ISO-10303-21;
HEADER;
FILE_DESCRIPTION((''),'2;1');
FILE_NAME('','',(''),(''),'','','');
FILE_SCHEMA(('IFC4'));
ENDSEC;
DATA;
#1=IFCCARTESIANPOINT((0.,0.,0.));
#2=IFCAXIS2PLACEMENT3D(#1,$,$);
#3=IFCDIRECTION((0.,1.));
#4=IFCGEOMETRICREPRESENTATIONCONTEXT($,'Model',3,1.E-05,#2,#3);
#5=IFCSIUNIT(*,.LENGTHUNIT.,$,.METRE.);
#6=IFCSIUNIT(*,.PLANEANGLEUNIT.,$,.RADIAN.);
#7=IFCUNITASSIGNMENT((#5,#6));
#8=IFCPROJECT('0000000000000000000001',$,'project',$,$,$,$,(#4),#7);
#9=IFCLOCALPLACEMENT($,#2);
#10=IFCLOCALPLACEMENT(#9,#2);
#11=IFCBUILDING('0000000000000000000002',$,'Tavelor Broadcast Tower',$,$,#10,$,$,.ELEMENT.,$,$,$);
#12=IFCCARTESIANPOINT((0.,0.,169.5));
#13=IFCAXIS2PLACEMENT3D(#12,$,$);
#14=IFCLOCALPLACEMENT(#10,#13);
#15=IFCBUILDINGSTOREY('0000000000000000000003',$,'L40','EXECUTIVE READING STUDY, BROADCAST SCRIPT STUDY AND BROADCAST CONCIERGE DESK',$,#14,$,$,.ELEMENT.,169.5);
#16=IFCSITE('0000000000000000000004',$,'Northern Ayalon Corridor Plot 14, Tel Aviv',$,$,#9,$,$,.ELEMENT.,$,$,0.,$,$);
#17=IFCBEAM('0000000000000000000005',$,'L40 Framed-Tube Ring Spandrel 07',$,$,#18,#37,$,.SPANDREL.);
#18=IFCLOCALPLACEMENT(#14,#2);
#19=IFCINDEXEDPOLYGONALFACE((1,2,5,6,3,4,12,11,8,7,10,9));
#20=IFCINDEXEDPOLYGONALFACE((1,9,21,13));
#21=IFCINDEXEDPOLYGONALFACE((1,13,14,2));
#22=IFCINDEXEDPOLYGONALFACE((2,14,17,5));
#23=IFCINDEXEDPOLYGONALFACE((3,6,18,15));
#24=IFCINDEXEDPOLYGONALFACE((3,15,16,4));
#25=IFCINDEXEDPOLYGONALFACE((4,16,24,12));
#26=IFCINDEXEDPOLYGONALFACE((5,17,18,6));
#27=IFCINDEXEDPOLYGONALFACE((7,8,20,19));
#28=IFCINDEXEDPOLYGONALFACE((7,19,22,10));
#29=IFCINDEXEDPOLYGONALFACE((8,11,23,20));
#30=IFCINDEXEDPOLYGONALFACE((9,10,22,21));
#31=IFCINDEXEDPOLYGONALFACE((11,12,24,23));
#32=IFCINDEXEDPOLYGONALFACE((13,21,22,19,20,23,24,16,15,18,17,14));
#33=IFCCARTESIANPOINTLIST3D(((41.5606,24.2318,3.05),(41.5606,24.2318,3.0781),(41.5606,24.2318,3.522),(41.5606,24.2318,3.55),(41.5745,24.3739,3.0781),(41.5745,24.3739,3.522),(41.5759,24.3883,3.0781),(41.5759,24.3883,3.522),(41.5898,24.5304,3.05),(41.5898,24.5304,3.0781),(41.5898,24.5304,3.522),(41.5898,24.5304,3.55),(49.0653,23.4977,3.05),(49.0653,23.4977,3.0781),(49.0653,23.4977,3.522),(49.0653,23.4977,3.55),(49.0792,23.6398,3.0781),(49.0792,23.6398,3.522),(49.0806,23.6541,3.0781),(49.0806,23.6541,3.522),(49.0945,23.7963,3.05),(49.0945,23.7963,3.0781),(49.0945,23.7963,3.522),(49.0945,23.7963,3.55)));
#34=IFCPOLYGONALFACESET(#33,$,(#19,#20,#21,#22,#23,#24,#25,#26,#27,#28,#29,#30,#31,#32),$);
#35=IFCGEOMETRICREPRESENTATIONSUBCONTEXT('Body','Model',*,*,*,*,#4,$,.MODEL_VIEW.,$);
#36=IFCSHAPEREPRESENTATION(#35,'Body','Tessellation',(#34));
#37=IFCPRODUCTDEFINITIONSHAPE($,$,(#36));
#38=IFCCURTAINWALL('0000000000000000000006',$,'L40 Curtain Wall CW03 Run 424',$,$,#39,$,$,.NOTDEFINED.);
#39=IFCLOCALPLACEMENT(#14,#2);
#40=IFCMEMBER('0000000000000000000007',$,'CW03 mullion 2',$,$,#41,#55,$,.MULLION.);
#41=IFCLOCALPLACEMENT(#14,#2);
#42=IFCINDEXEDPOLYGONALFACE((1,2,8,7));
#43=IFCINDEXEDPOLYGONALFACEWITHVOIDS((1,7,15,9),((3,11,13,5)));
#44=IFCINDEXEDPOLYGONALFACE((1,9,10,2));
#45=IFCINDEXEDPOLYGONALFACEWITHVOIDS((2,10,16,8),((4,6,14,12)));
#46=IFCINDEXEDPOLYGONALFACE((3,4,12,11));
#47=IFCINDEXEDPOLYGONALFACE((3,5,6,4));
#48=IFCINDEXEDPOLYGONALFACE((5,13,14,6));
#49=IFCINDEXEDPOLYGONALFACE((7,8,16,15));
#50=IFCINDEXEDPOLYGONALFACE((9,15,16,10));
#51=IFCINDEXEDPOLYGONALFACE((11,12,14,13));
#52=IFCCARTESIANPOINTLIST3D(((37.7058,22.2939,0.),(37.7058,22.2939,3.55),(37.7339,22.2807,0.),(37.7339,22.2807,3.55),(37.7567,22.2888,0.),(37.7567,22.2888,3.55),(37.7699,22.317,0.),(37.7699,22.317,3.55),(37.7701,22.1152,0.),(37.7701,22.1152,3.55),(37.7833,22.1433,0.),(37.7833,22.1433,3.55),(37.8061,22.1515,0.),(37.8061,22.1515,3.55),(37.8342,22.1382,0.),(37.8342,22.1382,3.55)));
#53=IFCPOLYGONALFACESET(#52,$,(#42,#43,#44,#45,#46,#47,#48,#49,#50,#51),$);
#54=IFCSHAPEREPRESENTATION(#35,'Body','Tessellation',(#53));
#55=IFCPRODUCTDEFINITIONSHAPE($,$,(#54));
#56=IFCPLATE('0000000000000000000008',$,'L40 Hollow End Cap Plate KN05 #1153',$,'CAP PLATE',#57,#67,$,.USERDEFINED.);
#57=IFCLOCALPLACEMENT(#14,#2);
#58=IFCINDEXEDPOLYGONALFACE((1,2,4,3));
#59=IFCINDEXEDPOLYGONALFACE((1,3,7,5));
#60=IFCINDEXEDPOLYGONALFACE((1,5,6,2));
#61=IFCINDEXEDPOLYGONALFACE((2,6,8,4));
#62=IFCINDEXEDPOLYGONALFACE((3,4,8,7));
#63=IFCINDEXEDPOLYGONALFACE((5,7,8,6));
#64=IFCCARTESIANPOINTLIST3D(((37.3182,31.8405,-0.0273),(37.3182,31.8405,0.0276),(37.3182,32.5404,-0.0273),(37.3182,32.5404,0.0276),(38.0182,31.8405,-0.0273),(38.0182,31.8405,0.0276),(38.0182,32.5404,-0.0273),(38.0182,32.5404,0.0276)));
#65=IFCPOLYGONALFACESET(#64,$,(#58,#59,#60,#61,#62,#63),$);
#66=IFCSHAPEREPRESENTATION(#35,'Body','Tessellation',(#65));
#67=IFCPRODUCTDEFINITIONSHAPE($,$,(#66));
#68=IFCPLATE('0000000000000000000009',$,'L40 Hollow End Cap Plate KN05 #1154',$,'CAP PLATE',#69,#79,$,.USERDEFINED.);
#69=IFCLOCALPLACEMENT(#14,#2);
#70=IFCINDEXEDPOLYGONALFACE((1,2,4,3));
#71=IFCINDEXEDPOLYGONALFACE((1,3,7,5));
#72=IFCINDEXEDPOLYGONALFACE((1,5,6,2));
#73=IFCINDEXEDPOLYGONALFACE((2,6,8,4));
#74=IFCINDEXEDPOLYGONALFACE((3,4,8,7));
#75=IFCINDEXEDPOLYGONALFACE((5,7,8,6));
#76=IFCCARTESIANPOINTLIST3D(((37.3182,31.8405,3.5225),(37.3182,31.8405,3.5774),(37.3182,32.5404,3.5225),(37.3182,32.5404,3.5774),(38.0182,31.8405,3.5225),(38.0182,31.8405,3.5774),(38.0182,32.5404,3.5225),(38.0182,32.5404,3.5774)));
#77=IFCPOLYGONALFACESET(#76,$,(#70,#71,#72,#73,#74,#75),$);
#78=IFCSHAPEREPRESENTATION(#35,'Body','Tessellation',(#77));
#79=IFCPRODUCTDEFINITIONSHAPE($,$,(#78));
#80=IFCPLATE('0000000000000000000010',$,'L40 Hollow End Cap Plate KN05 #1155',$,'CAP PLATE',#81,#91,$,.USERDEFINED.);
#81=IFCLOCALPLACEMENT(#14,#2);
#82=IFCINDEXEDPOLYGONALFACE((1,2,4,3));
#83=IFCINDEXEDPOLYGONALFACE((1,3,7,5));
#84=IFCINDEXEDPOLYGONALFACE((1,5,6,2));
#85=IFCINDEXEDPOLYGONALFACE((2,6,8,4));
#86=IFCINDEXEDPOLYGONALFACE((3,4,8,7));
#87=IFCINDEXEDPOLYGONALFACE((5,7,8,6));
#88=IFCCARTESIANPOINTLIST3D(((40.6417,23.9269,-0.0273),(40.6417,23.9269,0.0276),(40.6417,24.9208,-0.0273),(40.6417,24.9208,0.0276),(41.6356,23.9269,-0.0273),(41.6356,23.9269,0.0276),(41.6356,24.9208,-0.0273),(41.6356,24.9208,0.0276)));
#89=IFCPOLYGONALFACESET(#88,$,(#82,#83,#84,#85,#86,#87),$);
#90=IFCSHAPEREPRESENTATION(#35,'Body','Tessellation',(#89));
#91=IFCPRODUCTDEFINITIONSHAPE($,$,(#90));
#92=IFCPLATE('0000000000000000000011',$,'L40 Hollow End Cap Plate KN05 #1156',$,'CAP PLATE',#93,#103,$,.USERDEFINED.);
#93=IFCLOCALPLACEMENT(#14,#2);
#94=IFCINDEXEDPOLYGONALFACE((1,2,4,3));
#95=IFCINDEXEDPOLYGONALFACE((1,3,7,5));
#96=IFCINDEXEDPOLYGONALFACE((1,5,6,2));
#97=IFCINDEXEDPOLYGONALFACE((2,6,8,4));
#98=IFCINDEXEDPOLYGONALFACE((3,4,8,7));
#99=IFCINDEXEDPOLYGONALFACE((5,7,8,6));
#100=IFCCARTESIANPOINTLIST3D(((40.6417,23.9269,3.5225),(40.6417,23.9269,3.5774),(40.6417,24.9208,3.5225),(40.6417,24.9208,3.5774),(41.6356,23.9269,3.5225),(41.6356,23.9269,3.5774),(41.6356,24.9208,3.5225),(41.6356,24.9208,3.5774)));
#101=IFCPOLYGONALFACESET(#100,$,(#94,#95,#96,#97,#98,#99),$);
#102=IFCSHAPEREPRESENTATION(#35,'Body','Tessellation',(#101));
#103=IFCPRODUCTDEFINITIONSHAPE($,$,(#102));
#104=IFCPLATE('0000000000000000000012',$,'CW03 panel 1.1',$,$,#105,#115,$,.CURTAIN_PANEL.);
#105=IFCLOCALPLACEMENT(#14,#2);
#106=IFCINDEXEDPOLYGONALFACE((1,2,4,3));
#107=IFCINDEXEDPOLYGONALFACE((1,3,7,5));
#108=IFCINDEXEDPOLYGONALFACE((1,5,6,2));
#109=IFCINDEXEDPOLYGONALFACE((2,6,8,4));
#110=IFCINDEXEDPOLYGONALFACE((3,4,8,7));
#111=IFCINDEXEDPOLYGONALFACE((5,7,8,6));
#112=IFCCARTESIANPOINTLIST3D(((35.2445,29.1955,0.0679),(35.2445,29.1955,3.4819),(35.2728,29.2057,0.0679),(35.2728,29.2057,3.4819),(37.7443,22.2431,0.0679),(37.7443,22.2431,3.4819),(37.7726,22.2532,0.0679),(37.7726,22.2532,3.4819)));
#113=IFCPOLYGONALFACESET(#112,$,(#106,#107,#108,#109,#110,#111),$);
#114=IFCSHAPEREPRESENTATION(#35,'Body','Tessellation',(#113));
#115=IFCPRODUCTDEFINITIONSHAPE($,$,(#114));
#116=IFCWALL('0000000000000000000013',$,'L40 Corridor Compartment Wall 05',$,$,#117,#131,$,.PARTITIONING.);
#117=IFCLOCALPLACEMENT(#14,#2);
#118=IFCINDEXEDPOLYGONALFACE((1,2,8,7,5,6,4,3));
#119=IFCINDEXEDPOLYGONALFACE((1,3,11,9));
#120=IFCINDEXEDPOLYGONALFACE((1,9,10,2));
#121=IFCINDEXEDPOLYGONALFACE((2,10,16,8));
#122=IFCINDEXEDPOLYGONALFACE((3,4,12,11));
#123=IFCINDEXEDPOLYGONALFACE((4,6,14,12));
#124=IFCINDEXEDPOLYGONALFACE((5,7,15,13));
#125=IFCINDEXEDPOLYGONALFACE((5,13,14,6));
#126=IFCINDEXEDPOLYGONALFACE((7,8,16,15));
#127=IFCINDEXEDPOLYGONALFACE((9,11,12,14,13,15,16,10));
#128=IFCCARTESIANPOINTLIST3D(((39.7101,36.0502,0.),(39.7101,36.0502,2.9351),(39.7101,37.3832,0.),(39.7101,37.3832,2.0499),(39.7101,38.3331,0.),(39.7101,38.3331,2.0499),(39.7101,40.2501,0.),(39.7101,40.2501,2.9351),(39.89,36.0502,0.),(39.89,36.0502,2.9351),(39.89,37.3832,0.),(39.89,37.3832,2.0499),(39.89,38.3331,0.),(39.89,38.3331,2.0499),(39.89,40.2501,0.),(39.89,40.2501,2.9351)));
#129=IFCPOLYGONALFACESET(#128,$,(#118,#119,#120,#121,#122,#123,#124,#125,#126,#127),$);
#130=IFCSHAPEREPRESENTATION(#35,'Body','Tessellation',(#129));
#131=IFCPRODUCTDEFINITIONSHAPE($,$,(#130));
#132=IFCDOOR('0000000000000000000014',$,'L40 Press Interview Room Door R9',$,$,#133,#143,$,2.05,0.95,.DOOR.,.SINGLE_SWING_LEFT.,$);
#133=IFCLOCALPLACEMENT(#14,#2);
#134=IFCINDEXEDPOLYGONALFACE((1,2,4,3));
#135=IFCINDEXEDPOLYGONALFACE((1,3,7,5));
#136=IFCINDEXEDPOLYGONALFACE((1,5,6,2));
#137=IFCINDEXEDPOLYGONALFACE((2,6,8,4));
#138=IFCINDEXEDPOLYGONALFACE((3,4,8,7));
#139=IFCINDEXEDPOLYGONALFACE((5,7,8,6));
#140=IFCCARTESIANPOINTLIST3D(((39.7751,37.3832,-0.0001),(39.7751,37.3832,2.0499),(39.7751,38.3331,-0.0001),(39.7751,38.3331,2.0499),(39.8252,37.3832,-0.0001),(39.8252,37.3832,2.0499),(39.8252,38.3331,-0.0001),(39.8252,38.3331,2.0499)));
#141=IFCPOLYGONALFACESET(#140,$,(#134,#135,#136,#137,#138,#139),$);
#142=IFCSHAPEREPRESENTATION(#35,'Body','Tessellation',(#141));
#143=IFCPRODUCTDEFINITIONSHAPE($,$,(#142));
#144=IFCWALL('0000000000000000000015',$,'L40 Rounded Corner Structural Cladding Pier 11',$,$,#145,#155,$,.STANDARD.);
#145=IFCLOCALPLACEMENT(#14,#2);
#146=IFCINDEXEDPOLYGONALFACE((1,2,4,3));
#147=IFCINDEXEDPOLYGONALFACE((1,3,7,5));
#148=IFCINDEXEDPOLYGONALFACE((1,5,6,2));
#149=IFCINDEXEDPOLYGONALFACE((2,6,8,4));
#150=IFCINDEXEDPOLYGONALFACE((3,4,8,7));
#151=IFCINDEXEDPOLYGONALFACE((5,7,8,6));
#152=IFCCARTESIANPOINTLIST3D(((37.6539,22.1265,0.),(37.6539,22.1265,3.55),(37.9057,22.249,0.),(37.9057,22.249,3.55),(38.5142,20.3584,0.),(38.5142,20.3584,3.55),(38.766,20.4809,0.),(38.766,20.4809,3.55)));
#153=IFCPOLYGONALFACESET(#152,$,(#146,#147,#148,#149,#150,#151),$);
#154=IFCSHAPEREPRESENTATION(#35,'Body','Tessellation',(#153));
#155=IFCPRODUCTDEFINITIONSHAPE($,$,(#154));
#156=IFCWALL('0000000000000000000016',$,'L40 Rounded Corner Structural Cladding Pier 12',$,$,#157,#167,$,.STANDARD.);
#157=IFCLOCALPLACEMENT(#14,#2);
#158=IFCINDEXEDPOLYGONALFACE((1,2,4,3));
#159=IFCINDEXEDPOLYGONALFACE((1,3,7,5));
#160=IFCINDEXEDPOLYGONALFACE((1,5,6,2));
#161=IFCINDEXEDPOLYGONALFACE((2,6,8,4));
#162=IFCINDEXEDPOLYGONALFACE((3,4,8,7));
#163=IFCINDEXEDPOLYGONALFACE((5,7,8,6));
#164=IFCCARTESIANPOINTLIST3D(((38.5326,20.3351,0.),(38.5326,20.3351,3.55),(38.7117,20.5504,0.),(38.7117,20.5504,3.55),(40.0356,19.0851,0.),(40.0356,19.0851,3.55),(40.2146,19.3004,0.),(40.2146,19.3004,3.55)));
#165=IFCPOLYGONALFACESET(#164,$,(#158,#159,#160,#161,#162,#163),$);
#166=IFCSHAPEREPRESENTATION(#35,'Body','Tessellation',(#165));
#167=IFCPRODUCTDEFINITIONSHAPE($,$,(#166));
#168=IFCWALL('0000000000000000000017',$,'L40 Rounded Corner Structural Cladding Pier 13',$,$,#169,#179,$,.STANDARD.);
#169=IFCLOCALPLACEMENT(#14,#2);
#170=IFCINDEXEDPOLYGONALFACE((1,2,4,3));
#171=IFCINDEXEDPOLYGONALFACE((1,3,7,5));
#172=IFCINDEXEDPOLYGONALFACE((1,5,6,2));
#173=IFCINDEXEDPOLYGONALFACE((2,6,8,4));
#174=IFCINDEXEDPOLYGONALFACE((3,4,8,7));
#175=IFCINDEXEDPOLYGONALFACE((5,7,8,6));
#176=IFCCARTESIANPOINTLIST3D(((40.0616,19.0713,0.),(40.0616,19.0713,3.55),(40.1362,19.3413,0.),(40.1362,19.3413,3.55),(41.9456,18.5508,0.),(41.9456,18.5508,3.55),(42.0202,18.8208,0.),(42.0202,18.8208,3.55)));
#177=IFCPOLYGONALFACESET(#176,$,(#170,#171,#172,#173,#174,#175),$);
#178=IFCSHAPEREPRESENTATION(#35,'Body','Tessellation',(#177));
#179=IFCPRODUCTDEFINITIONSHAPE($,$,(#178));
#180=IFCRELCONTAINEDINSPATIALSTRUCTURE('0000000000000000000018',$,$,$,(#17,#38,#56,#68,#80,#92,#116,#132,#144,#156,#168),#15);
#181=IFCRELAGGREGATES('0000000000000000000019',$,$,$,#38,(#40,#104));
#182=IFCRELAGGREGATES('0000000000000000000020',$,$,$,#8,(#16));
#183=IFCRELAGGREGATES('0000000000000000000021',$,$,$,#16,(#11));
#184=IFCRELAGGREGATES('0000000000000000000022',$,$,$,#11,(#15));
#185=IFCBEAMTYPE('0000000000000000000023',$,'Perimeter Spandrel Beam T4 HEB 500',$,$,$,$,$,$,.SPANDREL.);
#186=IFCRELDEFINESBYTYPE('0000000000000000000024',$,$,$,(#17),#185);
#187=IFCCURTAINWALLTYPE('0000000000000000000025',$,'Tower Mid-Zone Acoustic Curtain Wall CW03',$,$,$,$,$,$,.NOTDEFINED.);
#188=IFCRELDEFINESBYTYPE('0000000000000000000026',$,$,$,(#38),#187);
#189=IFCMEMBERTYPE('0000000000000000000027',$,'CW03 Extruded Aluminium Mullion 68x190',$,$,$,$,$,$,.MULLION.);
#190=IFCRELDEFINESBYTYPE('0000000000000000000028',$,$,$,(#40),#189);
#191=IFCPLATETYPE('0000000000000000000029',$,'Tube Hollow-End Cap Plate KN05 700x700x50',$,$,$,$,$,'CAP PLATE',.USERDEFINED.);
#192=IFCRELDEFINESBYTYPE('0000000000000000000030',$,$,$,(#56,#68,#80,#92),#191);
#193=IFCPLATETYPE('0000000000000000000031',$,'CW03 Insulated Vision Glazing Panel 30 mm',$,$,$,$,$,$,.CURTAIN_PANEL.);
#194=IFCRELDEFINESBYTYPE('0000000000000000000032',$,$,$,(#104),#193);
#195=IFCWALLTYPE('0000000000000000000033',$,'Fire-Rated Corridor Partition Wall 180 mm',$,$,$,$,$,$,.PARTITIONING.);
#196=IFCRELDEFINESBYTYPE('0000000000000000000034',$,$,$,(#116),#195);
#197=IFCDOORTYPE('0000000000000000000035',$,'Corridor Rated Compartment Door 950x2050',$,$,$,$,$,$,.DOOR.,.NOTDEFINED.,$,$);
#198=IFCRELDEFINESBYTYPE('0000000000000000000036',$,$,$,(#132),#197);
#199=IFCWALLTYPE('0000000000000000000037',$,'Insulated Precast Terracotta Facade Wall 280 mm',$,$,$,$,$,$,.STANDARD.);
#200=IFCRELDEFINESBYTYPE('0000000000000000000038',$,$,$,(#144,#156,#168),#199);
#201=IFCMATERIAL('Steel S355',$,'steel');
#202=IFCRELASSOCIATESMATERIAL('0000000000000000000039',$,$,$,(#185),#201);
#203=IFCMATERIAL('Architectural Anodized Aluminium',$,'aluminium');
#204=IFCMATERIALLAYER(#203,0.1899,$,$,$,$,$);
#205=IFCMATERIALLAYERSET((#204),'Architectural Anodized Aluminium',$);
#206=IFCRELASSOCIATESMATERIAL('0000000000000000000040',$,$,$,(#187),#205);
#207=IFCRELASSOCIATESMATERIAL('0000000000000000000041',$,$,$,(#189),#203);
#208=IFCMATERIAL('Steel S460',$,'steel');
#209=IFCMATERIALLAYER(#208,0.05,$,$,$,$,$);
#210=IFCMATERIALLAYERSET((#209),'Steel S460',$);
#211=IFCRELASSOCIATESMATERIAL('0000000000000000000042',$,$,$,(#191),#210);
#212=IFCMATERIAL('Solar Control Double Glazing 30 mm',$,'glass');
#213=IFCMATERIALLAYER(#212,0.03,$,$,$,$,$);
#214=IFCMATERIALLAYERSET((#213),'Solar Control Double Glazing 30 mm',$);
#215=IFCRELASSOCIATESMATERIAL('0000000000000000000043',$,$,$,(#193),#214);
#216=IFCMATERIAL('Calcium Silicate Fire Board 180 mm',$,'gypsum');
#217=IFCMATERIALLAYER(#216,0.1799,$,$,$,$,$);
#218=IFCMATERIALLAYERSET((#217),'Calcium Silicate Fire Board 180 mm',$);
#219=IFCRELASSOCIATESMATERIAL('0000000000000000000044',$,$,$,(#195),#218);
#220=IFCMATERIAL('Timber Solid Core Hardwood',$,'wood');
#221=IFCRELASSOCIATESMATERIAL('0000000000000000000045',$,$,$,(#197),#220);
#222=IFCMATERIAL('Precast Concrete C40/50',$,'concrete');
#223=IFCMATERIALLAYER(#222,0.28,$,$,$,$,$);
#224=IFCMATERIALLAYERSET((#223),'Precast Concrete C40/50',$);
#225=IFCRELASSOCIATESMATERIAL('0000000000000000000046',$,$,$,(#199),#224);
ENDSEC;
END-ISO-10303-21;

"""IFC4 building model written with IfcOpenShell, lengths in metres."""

from ifc_helpers import new_model, si_unit, direction, frame, frame_2d, origin, origin_2d, place, context, subcontext, project, spatial, rectangle, hollow_rectangle, i_section, extrude, source, transform, mapped, material, layer, layer_set, material_profile, profile_set, type_object, type_shapes, element, fill, aggregate, save


model = new_model("IFC4")

# Units and contexts
model_context = context("Model", 3, precision=1e-05, world=origin(), true_north=direction((0.0, 1.0)))
body_context = subcontext(model_context, "Body", "Model", "MODEL_VIEW")
ifc_project = project(units=[si_unit("LENGTHUNIT", "METRE"), si_unit("PLANEANGLEUNIT", "RADIAN")], contexts=[model_context])

# Site, building, storey
site_placement = place(None, origin())
site = spatial("IfcSite", under=ifc_project, at=site_placement, Name="Northern Ayalon Corridor Plot 14, Tel Aviv", CompositionType="ELEMENT", RefElevation=0.0)
building_placement = place(site_placement, origin())
building = spatial("IfcBuilding", under=site, at=building_placement, Name="Tavelor Broadcast Tower", CompositionType="ELEMENT")
storey_placement = place(building_placement, frame((0.0, 0.0, 169.5)))
storey = spatial("IfcBuildingStorey", under=building, at=storey_placement, Name="L40", Description="EXECUTIVE READING STUDY, BROADCAST SCRIPT STUDY AND BROADCAST CONCIERGE DESK", CompositionType="ELEMENT", Elevation=169.5)

# Shared definitions
ifc_material_1 = material(Name="Steel S460", Category="steel")

# Beam
ifc_material_2 = material(Name="Steel S355", Category="steel")
ifc_material_profile_1 = material_profile(ifc_material_2, i_section(OverallWidth=0.3, OverallDepth=0.5, WebThickness=0.0144, FlangeThickness=0.0281, at=origin_2d()), Name="HEB 500")
ifc_profile_set_1 = profile_set([ifc_material_profile_1], Name="Steel S355")
beam_type_1 = type_object("IfcBeamType", Name="Perimeter Spandrel Beam T4 HEB 500", PredefinedType="SPANDREL", material=ifc_profile_set_1)
beam_1_placement = place(storey_placement, frame((41.5752, 24.3811, 3.3), z_axis=(0.995249, -0.097359, 0.0), x_axis=(0.097359, 0.995249, 0.0)))
element("IfcBeam", 1, at=beam_1_placement, inside=storey, type_object=beam_type_1, Name="L40 Framed-Tube Ring Spandrel 07", PredefinedType="SPANDREL", context=body_context, shape_type="SweptSolid", body=[
    extrude(i_section(OverallWidth=0.3, OverallDepth=0.5, WebThickness=0.0144, FlangeThickness=0.0281, at=origin_2d()), origin(), (0.0, 0.0, 1.0), 7.5405),
])

# Curtain wall, member
ifc_material_3 = material(Name="Architectural Anodized Aluminium", Category="aluminium")
ifc_layer_1 = layer(ifc_material_3, 0.1899)
ifc_layer_set_1 = layer_set([ifc_layer_1], Name="Architectural Anodized Aluminium")
curtain_wall_type = type_object("IfcCurtainWallType", Name="Tower Mid-Zone Acoustic Curtain Wall CW03", PredefinedType="NOTDEFINED", material=ifc_layer_set_1)
curtain_wall_placement = place(storey_placement, origin())
curtain_wall = element("IfcCurtainWall", 2, at=curtain_wall_placement, inside=storey, type_object=curtain_wall_type, Name="L40 Curtain Wall CW03 Run 424", PredefinedType="NOTDEFINED")
ifc_material_profile_2 = material_profile(ifc_material_3, hollow_rectangle(XDim=0.0681, YDim=0.1899, WallThickness=0.022, at=origin_2d()), Name="RHS 68x190x22")
ifc_profile_set_2 = profile_set([ifc_material_profile_2], Name="Architectural Anodized Aluminium")
member_type = type_object("IfcMemberType", Name="CW03 Extruded Aluminium Mullion 68x190", PredefinedType="MULLION", material=ifc_profile_set_2)
shared_shape_1 = source(origin(), body_context, "Body", "SweptSolid", [
    extrude(hollow_rectangle(XDim=0.0681, YDim=0.1899, WallThickness=0.022, at=origin_2d()), origin(), (0.0, 0.0, 1.0), 3.55),
])
type_shapes(member_type, [shared_shape_1])
member_placement = place(storey_placement, frame((37.77, 22.2161, 0.0), z_axis=(0.0, 0.0, 1.0), x_axis=(0.941022, 0.338345, 0.0)))
member = element("IfcMember", 3, at=member_placement, type_object=member_type, Name="CW03 mullion 2", PredefinedType="MULLION", context=body_context, shape_type="MappedRepresentation", body=[
    mapped(shared_shape_1, transform((0.0, 0.0, 0.0), scale=1.0)),
])

# Plates
ifc_layer_2 = layer(ifc_material_1, 0.05)
ifc_layer_set_2 = layer_set([ifc_layer_2], Name="Steel S460")
plate_type_1 = type_object("IfcPlateType", Name="Tube Hollow-End Cap Plate KN05 700x700x50", ElementType="CAP PLATE", PredefinedType="USERDEFINED", material=ifc_layer_set_2)
shared_shape_2 = source(origin(), body_context, "Body", "SweptSolid", [
    extrude(rectangle(XDim=0.7, YDim=0.7, at=origin_2d()), origin(), (0.0, 0.0, 1.0), 0.0549),
])
for number, where, z_axis, x_axis, name in (
    (4, (37.6682, 32.1904, -0.0273), (0.0, 0.0, 1.0), (1.0, 0.0, 0.0), "L40 Hollow End Cap Plate KN05 #1153"),
    (5, (37.6682, 32.1904, 3.5225), (0.0, 0.0, 1.0), (1.0, 0.0, 0.0), "L40 Hollow End Cap Plate KN05 #1154"),
):
    element("IfcPlate", number, at=place(storey_placement, frame(where, z_axis=z_axis, x_axis=x_axis)), inside=storey, type_object=plate_type_1, Name=name, ObjectType="CAP PLATE", PredefinedType="USERDEFINED", context=body_context, shape_type="MappedRepresentation", body=[
        mapped(shared_shape_2, transform((0.0, 0.0, 0.0), scale=1.0)),
    ])
shared_shape_3 = source(origin(), body_context, "Body", "SweptSolid", [
    extrude(rectangle(XDim=0.9939, YDim=0.9939, at=origin_2d()), origin(), (0.0, 0.0, 1.0), 0.0549),
])
type_shapes(plate_type_1, [shared_shape_2, shared_shape_3])
for number, where, z_axis, x_axis, name in (
    (6, (41.1387, 24.4238, -0.0273), (0.0, 0.0, 1.0), (1.0, 0.0, 0.0), "L40 Hollow End Cap Plate KN05 #1155"),
    (7, (41.1387, 24.4238, 3.5225), (0.0, 0.0, 1.0), (1.0, 0.0, 0.0), "L40 Hollow End Cap Plate KN05 #1156"),
):
    element("IfcPlate", number, at=place(storey_placement, frame(where, z_axis=z_axis, x_axis=x_axis)), inside=storey, type_object=plate_type_1, Name=name, ObjectType="CAP PLATE", PredefinedType="USERDEFINED", context=body_context, shape_type="MappedRepresentation", body=[
        mapped(shared_shape_3, transform((0.0, 0.0, 0.0), scale=1.0)),
    ])

# Plate
ifc_material_4 = material(Name="Solar Control Double Glazing 30 mm", Category="glass")
ifc_layer_3 = layer(ifc_material_4, 0.03)
ifc_layer_set_3 = layer_set([ifc_layer_3], Name="Solar Control Double Glazing 30 mm")
plate_type_2 = type_object("IfcPlateType", Name="CW03 Insulated Vision Glazing Panel 30 mm", PredefinedType="CURTAIN_PANEL", material=ifc_layer_set_3)
shared_shape_4 = source(origin(), body_context, "Body", "SweptSolid", [
    extrude(rectangle(XDim=7.3882, YDim=0.03, at=origin_2d()), origin(), (0.0, 0.0, 1.0), 3.4141),
])
type_shapes(plate_type_2, [shared_shape_4])
plate_placement = place(storey_placement, frame((36.5085, 25.7244, 0.0679), z_axis=(0.0, 0.0, 1.0), x_axis=(0.338345, -0.941022, 0.0)))
plate = element("IfcPlate", 8, at=plate_placement, type_object=plate_type_2, Name="CW03 panel 1.1", PredefinedType="CURTAIN_PANEL", context=body_context, shape_type="MappedRepresentation", body=[
    mapped(shared_shape_4, transform((0.0, 0.0, 0.0), scale=1.0)),
])
aggregate(curtain_wall, [member, plate])

# Wall, opening, door
ifc_material_5 = material(Name="Calcium Silicate Fire Board 180 mm", Category="gypsum")
ifc_layer_4 = layer(ifc_material_5, 0.1799)
ifc_layer_set_4 = layer_set([ifc_layer_4], Name="Calcium Silicate Fire Board 180 mm")
wall_type_1 = type_object("IfcWallType", Name="Fire-Rated Corridor Partition Wall 180 mm", PredefinedType="PARTITIONING", material=ifc_layer_set_4)
wall_1_placement = place(storey_placement, frame((39.8, 36.05, 0.0), z_axis=(0.0, 0.0, 1.0), x_axis=(0.0, 1.0, 0.0)))
wall_1 = element("IfcWall", 9, at=wall_1_placement, inside=storey, type_object=wall_type_1, Name="L40 Corridor Compartment Wall 05", PredefinedType="PARTITIONING", context=body_context, shape_type="SweptSolid", body=[
    extrude(rectangle(XDim=4.2, YDim=0.1799, at=frame_2d((2.1001, 0.0))), origin(), (0.0, 0.0, 1.0), 2.9351),
])
opening_placement = place(wall_1_placement, frame((1.333, 0.0, 0.0)))
opening = element("IfcOpeningElement", 10, at=opening_placement, cuts=wall_1, PredefinedType="OPENING", context=body_context, shape_type="SweptSolid", body=[
    extrude(rectangle(XDim=0.95, YDim=2.05, at=frame_2d((0.4751, 1.0249))), frame((0.0, 0.1001, 0.0), z_axis=(0.0, -1.0, 0.0), x_axis=(1.0, 0.0, 0.0)), (0.0, 0.0, 1.0), 0.2),
])
ifc_material_6 = material(Name="Timber Solid Core Hardwood", Category="wood")
door_type = type_object("IfcDoorType", Name="Corridor Rated Compartment Door 950x2050", OperationType="NOTDEFINED", PredefinedType="DOOR", material=ifc_material_6)
door_placement = place(opening_placement, origin())
door = element("IfcDoor", 11, at=door_placement, inside=storey, type_object=door_type, Name="L40 Press Interview Room Door R9", OperationType="SINGLE_SWING_LEFT", OverallHeight=2.05, OverallWidth=0.95, PredefinedType="DOOR", context=body_context, shape_type="SweptSolid", body=[
    extrude(rectangle(XDim=0.95, YDim=2.05, at=frame_2d((0.4751, 1.0249))), frame((0.0, 0.0249, 0.0), z_axis=(0.0, -1.0, 0.0), x_axis=(1.0, 0.0, 0.0)), (0.0, 0.0, 1.0), 0.05),
])
fill(opening, door)

# Walls
ifc_material_7 = material(Name="Precast Concrete C40/50", Category="concrete")
ifc_layer_5 = layer(ifc_material_7, 0.28)
ifc_layer_set_5 = layer_set([ifc_layer_5], Name="Precast Concrete C40/50")
wall_type_2 = type_object("IfcWallType", Name="Insulated Precast Terracotta Facade Wall 280 mm", PredefinedType="STANDARD", material=ifc_layer_set_5)
wall_2_placement = place(storey_placement, frame((37.7798, 22.1877, 0.0), z_axis=(0.0, 0.0, 1.0), x_axis=(0.437553, -0.899193, 0.0)))
element("IfcWall", 12, at=wall_2_placement, inside=storey, type_object=wall_type_2, Name="L40 Rounded Corner Structural Cladding Pier 11", PredefinedType="STANDARD", context=body_context, shape_type="SweptSolid", body=[
    extrude(rectangle(XDim=1.9663, YDim=0.28, at=frame_2d((0.9832, 0.0))), origin(), (0.0, 0.0, 1.0), 3.55),
])
wall_3_placement = place(storey_placement, frame((38.6221, 20.4429, 0.0), z_axis=(0.0, 0.0, 1.0), x_axis=(0.768835, -0.639447, 0.0)))
element("IfcWall", 13, at=wall_3_placement, inside=storey, type_object=wall_type_2, Name="L40 Rounded Corner Structural Cladding Pier 12", PredefinedType="STANDARD", context=body_context, shape_type="SweptSolid", body=[
    extrude(rectangle(XDim=1.9548, YDim=0.28, at=frame_2d((0.9775, 0.0))), origin(), (0.0, 0.0, 1.0), 3.55),
])
wall_4_placement = place(storey_placement, frame((40.0989, 19.2063, 0.0), z_axis=(0.0, 0.0, 1.0), x_axis=(0.963891, -0.266297, 0.0)))
element("IfcWall", 14, at=wall_4_placement, inside=storey, type_object=wall_type_2, Name="L40 Rounded Corner Structural Cladding Pier 13", PredefinedType="STANDARD", context=body_context, shape_type="SweptSolid", body=[
    extrude(rectangle(XDim=1.9546, YDim=0.28, at=frame_2d((0.9773, 0.0))), origin(), (0.0, 0.0, 1.0), 3.55),
])

save(model, "model.ifc")
